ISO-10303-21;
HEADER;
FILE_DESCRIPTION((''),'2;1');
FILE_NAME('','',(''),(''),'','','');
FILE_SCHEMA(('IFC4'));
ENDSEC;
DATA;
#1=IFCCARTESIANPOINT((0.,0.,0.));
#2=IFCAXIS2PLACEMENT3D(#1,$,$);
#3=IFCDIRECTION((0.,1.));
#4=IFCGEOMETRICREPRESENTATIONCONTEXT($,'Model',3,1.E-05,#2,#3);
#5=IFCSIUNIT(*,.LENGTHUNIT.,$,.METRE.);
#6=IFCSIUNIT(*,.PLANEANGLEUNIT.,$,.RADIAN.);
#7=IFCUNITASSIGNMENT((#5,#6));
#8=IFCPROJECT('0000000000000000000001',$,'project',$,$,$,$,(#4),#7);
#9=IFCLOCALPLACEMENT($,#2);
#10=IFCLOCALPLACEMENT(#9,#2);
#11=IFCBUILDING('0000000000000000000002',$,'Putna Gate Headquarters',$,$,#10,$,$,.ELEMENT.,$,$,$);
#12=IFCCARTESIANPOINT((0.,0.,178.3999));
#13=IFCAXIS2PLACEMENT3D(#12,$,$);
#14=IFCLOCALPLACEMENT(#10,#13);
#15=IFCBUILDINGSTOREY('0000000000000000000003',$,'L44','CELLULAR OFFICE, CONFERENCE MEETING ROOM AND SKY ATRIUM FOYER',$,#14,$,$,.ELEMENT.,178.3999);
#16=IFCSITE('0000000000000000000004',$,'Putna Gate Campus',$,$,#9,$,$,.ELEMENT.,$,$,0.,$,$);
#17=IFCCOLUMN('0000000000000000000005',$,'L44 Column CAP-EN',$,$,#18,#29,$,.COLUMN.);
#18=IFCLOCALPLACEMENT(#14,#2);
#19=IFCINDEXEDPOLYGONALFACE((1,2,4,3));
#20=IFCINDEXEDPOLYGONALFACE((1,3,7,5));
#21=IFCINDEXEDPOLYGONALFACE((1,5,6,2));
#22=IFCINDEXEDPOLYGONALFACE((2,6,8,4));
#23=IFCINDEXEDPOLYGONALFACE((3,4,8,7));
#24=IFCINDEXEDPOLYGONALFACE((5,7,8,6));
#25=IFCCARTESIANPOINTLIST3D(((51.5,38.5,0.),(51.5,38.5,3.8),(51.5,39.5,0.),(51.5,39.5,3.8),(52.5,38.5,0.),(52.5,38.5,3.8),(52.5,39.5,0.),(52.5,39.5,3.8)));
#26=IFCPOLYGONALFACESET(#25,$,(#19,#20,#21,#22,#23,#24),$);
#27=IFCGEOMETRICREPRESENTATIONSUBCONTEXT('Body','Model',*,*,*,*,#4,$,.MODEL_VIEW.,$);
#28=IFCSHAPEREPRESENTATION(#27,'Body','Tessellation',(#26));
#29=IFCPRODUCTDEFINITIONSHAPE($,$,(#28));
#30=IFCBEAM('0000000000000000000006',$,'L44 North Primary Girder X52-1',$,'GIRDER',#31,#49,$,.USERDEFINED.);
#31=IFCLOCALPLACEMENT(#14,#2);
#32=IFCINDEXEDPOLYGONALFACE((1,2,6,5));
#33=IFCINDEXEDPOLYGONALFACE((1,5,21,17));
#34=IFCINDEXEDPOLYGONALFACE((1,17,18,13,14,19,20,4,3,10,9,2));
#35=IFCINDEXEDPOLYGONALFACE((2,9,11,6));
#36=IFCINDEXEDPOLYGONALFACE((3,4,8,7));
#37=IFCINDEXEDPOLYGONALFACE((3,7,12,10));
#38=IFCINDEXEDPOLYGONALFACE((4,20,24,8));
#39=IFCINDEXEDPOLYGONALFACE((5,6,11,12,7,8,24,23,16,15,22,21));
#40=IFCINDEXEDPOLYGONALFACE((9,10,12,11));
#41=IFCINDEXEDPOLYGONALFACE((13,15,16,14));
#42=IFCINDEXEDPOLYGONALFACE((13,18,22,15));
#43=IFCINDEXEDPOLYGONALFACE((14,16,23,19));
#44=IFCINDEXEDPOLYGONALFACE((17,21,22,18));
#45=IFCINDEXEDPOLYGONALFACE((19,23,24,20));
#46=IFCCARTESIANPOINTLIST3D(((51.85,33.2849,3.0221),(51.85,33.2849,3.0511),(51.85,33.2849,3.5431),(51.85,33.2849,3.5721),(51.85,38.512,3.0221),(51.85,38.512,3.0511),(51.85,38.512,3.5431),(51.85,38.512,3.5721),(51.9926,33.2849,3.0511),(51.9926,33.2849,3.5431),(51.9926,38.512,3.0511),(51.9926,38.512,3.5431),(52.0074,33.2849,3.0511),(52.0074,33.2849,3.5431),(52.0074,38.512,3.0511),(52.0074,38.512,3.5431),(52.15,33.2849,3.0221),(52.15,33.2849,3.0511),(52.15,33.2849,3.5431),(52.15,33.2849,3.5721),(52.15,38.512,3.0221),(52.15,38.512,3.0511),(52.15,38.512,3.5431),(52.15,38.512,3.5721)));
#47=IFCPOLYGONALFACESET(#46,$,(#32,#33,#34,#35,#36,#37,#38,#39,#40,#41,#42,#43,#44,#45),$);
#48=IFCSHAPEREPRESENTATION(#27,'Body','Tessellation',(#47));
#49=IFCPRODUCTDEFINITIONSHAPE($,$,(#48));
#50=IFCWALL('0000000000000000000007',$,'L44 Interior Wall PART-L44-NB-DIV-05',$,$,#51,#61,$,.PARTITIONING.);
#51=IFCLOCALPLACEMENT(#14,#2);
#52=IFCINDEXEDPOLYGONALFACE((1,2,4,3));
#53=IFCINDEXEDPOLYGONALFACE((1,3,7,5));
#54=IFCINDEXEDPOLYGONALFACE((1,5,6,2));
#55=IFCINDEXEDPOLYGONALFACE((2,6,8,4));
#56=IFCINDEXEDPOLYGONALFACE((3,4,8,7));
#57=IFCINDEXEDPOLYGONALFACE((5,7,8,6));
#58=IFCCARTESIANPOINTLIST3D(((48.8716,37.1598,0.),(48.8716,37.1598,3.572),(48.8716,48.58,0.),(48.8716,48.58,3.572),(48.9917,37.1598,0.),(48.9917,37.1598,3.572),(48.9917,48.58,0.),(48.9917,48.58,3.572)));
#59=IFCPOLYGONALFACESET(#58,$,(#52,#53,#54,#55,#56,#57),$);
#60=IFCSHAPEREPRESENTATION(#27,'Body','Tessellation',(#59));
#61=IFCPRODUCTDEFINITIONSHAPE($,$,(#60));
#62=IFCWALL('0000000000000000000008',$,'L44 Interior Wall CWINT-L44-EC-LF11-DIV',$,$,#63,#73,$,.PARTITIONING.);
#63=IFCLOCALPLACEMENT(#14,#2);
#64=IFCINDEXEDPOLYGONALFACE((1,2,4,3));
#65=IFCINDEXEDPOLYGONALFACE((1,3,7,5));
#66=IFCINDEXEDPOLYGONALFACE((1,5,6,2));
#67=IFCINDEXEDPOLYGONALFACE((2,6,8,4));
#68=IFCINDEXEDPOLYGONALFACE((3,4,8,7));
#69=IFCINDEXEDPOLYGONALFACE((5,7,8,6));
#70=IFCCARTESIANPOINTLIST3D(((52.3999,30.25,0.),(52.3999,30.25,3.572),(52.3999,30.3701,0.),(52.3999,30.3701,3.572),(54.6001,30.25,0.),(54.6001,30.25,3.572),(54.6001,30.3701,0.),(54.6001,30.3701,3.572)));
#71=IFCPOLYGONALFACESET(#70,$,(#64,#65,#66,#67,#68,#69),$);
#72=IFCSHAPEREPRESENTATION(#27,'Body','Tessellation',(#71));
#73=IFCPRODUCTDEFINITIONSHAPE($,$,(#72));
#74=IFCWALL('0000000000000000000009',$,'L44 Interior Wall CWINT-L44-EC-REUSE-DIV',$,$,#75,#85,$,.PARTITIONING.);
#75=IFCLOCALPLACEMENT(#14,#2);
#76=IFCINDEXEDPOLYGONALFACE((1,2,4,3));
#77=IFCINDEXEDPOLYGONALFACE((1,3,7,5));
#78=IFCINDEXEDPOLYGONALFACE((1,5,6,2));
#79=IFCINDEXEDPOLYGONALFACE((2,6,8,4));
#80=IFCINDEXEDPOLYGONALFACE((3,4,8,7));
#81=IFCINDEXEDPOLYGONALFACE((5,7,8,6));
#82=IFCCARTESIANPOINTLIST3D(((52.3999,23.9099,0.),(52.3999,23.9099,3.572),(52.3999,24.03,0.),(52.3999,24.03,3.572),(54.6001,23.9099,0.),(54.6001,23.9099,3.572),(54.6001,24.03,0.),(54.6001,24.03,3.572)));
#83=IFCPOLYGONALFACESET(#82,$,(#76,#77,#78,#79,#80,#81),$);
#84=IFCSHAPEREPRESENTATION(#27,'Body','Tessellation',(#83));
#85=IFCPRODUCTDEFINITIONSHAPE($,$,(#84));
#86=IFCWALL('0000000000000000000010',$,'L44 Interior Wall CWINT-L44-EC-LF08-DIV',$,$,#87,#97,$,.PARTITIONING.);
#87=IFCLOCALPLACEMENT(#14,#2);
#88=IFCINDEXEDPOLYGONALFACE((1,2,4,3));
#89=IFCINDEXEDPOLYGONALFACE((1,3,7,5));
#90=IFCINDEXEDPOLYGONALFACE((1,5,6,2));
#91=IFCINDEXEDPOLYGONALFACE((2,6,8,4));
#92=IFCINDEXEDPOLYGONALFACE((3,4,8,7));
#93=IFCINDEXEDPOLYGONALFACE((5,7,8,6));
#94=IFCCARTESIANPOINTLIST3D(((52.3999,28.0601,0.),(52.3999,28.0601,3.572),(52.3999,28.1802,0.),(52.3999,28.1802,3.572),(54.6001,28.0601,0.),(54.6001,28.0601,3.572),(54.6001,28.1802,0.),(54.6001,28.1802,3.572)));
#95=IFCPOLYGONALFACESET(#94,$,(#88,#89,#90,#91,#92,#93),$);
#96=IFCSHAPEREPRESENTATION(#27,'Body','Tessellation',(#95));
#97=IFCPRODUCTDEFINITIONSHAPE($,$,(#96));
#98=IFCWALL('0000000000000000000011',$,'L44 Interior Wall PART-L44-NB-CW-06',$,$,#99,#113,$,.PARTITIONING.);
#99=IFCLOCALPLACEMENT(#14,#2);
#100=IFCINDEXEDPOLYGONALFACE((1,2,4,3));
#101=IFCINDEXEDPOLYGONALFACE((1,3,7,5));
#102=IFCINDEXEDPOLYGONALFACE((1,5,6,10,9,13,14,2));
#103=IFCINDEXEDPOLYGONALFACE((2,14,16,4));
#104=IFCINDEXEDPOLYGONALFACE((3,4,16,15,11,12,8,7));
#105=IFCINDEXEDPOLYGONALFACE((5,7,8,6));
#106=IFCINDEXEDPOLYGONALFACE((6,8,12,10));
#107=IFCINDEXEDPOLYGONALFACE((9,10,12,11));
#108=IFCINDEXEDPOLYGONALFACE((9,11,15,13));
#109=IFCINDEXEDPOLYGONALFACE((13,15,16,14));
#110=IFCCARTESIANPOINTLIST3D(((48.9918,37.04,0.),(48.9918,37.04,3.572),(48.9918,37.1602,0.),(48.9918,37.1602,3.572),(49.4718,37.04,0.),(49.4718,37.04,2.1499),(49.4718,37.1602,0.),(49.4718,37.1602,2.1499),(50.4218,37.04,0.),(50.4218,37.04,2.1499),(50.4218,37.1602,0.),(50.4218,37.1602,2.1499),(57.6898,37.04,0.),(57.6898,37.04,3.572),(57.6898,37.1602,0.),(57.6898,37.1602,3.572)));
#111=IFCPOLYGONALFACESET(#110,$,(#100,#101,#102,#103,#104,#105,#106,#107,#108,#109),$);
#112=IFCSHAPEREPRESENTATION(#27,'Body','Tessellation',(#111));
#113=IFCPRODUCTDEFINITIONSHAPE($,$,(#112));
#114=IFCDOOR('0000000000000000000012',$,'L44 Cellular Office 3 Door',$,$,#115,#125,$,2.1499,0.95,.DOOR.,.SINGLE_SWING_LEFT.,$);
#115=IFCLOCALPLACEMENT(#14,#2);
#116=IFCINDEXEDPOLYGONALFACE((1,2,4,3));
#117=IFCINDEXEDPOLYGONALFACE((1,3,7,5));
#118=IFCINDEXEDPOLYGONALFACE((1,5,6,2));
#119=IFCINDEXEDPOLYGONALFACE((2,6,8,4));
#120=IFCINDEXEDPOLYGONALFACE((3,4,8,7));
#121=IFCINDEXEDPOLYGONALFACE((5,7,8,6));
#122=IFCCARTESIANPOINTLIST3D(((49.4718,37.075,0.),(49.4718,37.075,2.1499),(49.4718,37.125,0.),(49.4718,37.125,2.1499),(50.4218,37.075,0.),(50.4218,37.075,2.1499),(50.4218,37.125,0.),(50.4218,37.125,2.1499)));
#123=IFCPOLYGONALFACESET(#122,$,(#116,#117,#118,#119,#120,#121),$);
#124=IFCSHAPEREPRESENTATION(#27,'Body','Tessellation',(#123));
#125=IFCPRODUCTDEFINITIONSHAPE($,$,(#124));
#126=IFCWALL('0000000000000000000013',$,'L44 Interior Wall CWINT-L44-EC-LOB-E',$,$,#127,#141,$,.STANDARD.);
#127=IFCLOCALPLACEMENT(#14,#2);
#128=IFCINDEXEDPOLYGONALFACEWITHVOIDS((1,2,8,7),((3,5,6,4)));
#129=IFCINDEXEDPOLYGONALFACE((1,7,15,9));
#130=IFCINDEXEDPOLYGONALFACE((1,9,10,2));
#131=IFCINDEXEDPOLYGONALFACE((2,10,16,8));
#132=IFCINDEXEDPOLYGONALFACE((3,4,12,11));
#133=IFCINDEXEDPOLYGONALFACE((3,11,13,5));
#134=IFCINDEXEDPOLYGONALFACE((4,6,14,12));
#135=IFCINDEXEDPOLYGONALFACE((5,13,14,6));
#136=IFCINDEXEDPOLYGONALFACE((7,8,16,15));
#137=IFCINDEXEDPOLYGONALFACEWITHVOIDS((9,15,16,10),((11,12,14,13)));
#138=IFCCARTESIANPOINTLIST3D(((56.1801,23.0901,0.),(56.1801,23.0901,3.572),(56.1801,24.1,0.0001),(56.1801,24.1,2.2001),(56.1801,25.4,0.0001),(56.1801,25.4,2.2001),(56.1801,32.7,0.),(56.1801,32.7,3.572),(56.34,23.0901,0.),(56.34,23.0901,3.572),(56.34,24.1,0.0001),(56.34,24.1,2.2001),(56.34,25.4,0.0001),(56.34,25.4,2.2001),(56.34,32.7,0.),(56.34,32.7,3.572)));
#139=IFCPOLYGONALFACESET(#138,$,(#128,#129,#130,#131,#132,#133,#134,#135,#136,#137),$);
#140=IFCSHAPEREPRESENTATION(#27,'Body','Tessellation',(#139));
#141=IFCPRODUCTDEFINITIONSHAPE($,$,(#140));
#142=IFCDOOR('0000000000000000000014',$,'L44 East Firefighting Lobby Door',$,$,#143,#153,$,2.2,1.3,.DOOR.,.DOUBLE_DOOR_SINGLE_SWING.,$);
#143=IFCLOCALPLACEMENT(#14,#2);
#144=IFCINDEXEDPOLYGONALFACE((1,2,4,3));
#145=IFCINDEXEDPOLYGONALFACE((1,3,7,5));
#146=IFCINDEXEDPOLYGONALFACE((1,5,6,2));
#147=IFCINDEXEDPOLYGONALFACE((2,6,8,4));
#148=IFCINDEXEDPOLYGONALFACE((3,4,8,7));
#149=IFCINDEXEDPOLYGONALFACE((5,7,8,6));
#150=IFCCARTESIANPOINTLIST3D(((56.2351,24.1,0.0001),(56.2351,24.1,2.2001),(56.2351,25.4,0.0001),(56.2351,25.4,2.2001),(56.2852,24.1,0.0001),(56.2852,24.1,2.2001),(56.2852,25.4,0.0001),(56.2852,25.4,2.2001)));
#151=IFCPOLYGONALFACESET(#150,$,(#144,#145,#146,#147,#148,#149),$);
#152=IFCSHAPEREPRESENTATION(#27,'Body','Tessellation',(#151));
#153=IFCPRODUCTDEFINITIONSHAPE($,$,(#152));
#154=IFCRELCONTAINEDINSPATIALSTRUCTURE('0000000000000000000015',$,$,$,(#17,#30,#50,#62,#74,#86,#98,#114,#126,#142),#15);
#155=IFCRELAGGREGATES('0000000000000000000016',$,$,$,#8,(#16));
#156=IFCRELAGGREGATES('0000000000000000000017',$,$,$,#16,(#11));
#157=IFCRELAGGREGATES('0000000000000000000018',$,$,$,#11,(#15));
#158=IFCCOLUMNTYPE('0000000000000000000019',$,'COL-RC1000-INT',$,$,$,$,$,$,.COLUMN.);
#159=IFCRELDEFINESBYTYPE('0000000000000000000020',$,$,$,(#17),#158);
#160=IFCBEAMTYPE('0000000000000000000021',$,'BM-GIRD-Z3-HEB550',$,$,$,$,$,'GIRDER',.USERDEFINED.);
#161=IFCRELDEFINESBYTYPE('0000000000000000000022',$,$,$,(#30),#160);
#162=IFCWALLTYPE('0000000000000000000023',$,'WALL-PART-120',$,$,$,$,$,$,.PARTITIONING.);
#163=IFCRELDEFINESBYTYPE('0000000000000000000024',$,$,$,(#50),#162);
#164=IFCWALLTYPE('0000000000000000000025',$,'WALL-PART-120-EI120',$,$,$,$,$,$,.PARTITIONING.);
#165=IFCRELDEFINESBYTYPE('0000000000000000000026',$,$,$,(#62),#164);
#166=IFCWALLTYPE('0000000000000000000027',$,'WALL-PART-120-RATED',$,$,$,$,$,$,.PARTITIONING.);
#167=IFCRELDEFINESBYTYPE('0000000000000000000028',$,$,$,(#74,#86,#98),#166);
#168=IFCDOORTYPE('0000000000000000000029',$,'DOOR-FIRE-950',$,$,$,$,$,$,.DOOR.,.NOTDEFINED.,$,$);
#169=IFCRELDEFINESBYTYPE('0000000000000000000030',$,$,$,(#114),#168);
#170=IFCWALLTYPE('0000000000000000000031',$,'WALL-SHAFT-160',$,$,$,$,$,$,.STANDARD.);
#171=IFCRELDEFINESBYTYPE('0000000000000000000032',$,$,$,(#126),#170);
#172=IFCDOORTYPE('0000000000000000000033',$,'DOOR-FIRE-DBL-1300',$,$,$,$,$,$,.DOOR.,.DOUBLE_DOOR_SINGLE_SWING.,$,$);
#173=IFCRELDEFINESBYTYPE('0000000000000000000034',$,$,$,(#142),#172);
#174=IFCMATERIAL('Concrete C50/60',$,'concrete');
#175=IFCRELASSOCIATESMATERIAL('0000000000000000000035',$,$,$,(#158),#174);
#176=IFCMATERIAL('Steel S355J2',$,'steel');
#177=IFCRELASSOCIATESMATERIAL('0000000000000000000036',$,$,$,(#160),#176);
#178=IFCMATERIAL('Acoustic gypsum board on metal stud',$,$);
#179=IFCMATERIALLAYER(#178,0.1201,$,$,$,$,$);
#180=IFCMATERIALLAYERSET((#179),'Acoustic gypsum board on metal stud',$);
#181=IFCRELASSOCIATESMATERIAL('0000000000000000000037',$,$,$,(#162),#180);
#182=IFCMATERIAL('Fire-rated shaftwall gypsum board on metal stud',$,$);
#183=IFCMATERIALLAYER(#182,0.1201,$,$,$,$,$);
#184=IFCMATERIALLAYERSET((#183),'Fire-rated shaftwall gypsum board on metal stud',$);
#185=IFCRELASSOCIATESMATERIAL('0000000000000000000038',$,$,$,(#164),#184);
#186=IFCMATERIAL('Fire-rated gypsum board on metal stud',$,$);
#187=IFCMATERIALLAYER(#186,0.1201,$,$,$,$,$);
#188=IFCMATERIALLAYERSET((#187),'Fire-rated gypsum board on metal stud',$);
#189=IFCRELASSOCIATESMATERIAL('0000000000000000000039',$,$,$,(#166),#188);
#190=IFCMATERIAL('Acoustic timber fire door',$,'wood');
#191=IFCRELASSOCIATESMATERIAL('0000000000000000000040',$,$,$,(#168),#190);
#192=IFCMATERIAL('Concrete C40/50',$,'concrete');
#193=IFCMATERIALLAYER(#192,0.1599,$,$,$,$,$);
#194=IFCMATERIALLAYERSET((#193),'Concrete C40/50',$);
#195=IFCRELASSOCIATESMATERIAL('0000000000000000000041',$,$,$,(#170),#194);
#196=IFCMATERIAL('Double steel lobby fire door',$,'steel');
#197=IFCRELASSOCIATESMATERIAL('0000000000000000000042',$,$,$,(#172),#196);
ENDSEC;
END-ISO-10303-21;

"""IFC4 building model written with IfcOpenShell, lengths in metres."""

from ifc_helpers import new_model, si_unit, direction, frame, frame_2d, origin, origin_2d, place, context, subcontext, project, spatial, rectangle, i_section, extrude, material, layer, layer_set, material_profile, profile_set, type_object, element, fill, save


model = new_model("IFC4")

# Units and contexts
model_context = context("Model", 3, precision=1e-05, world=origin(), true_north=direction((0.0, 1.0)))
body_context = subcontext(model_context, "Body", "Model", "MODEL_VIEW")
ifc_project = project(units=[si_unit("LENGTHUNIT", "METRE"), si_unit("PLANEANGLEUNIT", "RADIAN")], contexts=[model_context])

# Site, building, storey
site_placement = place(None, origin())
site = spatial("IfcSite", under=ifc_project, at=site_placement, Name="Putna Gate Campus", CompositionType="ELEMENT", RefElevation=0.0)
building_placement = place(site_placement, origin())
building = spatial("IfcBuilding", under=site, at=building_placement, Name="Putna Gate Headquarters", CompositionType="ELEMENT")
storey_placement = place(building_placement, frame((0.0, 0.0, 178.3999)))
storey = spatial("IfcBuildingStorey", under=building, at=storey_placement, Name="L44", Description="CELLULAR OFFICE, CONFERENCE MEETING ROOM AND SKY ATRIUM FOYER", CompositionType="ELEMENT", Elevation=178.3999)

# Column
ifc_material_1 = material(Name="Concrete C50/60", Category="concrete")
ifc_material_profile_1 = material_profile(ifc_material_1, rectangle(XDim=1.0, YDim=1.0, at=origin_2d()), Name="Concrete C50/60")
ifc_profile_set_1 = profile_set([ifc_material_profile_1], Name="Concrete C50/60")
column_type = type_object("IfcColumnType", Name="COL-RC1000-INT", PredefinedType="COLUMN", material=ifc_profile_set_1)
column_placement = place(storey_placement, frame((52.0, 39.0, 0.0), z_axis=(0.0, 0.0, 1.0), x_axis=(1.0, 0.0, 0.0)))
element("IfcColumn", 1, at=column_placement, inside=storey, type_object=column_type, Name="L44 Column CAP-EN", PredefinedType="COLUMN", context=body_context, shape_type="SweptSolid", body=[
    extrude(rectangle(XDim=1.0, YDim=1.0, at=origin_2d()), origin(), (0.0, 0.0, 1.0), 3.8),
])

# Beam
ifc_material_2 = material(Name="Steel S355J2", Category="steel")
ifc_material_profile_2 = material_profile(ifc_material_2, i_section(OverallWidth=0.3, OverallDepth=0.55, WebThickness=0.0149, FlangeThickness=0.0291, at=origin_2d()), Name="Steel S355J2")
ifc_profile_set_2 = profile_set([ifc_material_profile_2], Name="Steel S355J2")
beam_type = type_object("IfcBeamType", Name="BM-GIRD-Z3-HEB550", ElementType="GIRDER", PredefinedType="USERDEFINED", material=ifc_profile_set_2)
beam_placement = place(storey_placement, frame((52.0, 33.2849, 3.2971), z_axis=(0.0, 1.0, 0.0), x_axis=(-1.0, 0.0, 0.0)))
element("IfcBeam", 2, at=beam_placement, inside=storey, type_object=beam_type, Name="L44 North Primary Girder X52-1", ObjectType="GIRDER", PredefinedType="USERDEFINED", context=body_context, shape_type="SweptSolid", body=[
    extrude(i_section(OverallWidth=0.3, OverallDepth=0.55, WebThickness=0.0149, FlangeThickness=0.0291, at=origin_2d()), origin(), (0.0, 0.0, 1.0), 5.2271),
])

# Walls
ifc_material_3 = material(Name="Acoustic gypsum board on metal stud")
ifc_layer_1 = layer(ifc_material_3, 0.1201)
ifc_layer_set_1 = layer_set([ifc_layer_1], Name="Acoustic gypsum board on metal stud")
wall_type_1 = type_object("IfcWallType", Name="WALL-PART-120", PredefinedType="PARTITIONING", material=ifc_layer_set_1)
wall_1_placement = place(storey_placement, frame((48.9316, 37.1599, 0.0), z_axis=(0.0, 0.0, 1.0), x_axis=(0.0, 1.0, 0.0)))
element("IfcWall", 3, at=wall_1_placement, inside=storey, type_object=wall_type_1, Name="L44 Interior Wall PART-L44-NB-DIV-05", PredefinedType="PARTITIONING", context=body_context, shape_type="SweptSolid", body=[
    extrude(rectangle(XDim=11.4202, YDim=0.1201, at=frame_2d((5.71, 0.0))), origin(), (0.0, 0.0, 1.0), 3.572),
])
ifc_material_4 = material(Name="Fire-rated shaftwall gypsum board on metal stud")
ifc_layer_2 = layer(ifc_material_4, 0.1201)
ifc_layer_set_2 = layer_set([ifc_layer_2], Name="Fire-rated shaftwall gypsum board on metal stud")
wall_type_2 = type_object("IfcWallType", Name="WALL-PART-120-EI120", PredefinedType="PARTITIONING", material=ifc_layer_set_2)
wall_2_placement = place(storey_placement, frame((52.3999, 30.3101, 0.0), z_axis=(0.0, 0.0, 1.0), x_axis=(1.0, 0.0, 0.0)))
element("IfcWall", 4, at=wall_2_placement, inside=storey, type_object=wall_type_2, Name="L44 Interior Wall CWINT-L44-EC-LF11-DIV", PredefinedType="PARTITIONING", context=body_context, shape_type="SweptSolid", body=[
    extrude(rectangle(XDim=2.2002, YDim=0.1201, at=frame_2d((1.1001, 0.0))), origin(), (0.0, 0.0, 1.0), 3.572),
])
ifc_material_5 = material(Name="Fire-rated gypsum board on metal stud")
ifc_layer_3 = layer(ifc_material_5, 0.1201)
ifc_layer_set_3 = layer_set([ifc_layer_3], Name="Fire-rated gypsum board on metal stud")
wall_type_3 = type_object("IfcWallType", Name="WALL-PART-120-RATED", PredefinedType="PARTITIONING", material=ifc_layer_set_3)
for number, where, z_axis, x_axis, name in (
    (5, (52.3999, 23.97, 0.0), (0.0, 0.0, 1.0), (1.0, 0.0, 0.0), "L44 Interior Wall CWINT-L44-EC-REUSE-DIV"),
    (6, (52.3999, 28.1201, 0.0), (0.0, 0.0, 1.0), (1.0, 0.0, 0.0), "L44 Interior Wall CWINT-L44-EC-LF08-DIV"),
):
    element("IfcWall", number, at=place(storey_placement, frame(where, z_axis=z_axis, x_axis=x_axis)), inside=storey, type_object=wall_type_3, Name=name, PredefinedType="PARTITIONING", context=body_context, shape_type="SweptSolid", body=[
        extrude(rectangle(XDim=2.2002, YDim=0.1201, at=frame_2d((1.1001, 0.0))), origin(), (0.0, 0.0, 1.0), 3.572),
    ])

# Walls, openings, doors
wall_3_placement = place(storey_placement, frame((48.9917, 37.1001, 0.0), z_axis=(0.0, 0.0, 1.0), x_axis=(1.0, 0.0, 0.0)))
wall_3 = element("IfcWall", 7, at=wall_3_placement, inside=storey, type_object=wall_type_3, Name="L44 Interior Wall PART-L44-NB-CW-06", PredefinedType="PARTITIONING", context=body_context, shape_type="SweptSolid", body=[
    extrude(rectangle(XDim=8.698, YDim=0.1201, at=frame_2d((4.3491, 0.0))), origin(), (0.0, 0.0, 1.0), 3.572),
])
opening_1_placement = place(wall_3_placement, frame((0.48, 0.0, 0.0)))
opening_1 = element("IfcOpeningElement", 8, at=opening_1_placement, cuts=wall_3, PredefinedType="OPENING", context=body_context, shape_type="SweptSolid", body=[
    extrude(rectangle(XDim=0.95, YDim=2.1499, at=frame_2d((0.4751, 1.075))), frame((0.0, 0.0701, 0.0), z_axis=(0.0, -1.0, 0.0), x_axis=(1.0, 0.0, 0.0)), (0.0, 0.0, 1.0), 0.1401),
])
ifc_material_6 = material(Name="Acoustic timber fire door", Category="wood")
door_type_1 = type_object("IfcDoorType", Name="DOOR-FIRE-950", OperationType="NOTDEFINED", PredefinedType="DOOR", material=ifc_material_6)
door_1_placement = place(opening_1_placement, origin())
door_1 = element("IfcDoor", 9, at=door_1_placement, inside=storey, type_object=door_type_1, Name="L44 Cellular Office 3 Door", OperationType="SINGLE_SWING_LEFT", OverallHeight=2.1499, OverallWidth=0.95, PredefinedType="DOOR", context=body_context, shape_type="SweptSolid", body=[
    extrude(rectangle(XDim=0.95, YDim=2.1499, at=frame_2d((0.4751, 1.075))), frame((0.0, 0.0249, 0.0), z_axis=(0.0, -1.0, 0.0), x_axis=(1.0, 0.0, 0.0)), (0.0, 0.0, 1.0), 0.05),
])
fill(opening_1, door_1)
ifc_material_7 = material(Name="Concrete C40/50", Category="concrete")
ifc_layer_4 = layer(ifc_material_7, 0.1599)
ifc_layer_set_4 = layer_set([ifc_layer_4], Name="Concrete C40/50")
wall_type_4 = type_object("IfcWallType", Name="WALL-SHAFT-160", PredefinedType="STANDARD", material=ifc_layer_set_4)
wall_4_placement = place(storey_placement, frame((56.26, 23.0901, 0.0), z_axis=(0.0, 0.0, 1.0), x_axis=(0.0, 1.0, 0.0)))
wall_4 = element("IfcWall", 10, at=wall_4_placement, inside=storey, type_object=wall_type_4, Name="L44 Interior Wall CWINT-L44-EC-LOB-E", PredefinedType="STANDARD", context=body_context, shape_type="SweptSolid", body=[
    extrude(rectangle(XDim=9.6099, YDim=0.1599, at=frame_2d((4.8049, 0.0))), origin(), (0.0, 0.0, 1.0), 3.572),
])
opening_2_placement = place(wall_4_placement, frame((1.01, 0.0, 0.0)))
opening_2 = element("IfcOpeningElement", 11, at=opening_2_placement, cuts=wall_4, PredefinedType="OPENING", context=body_context, shape_type="SweptSolid", body=[
    extrude(rectangle(XDim=1.3, YDim=2.2, at=frame_2d((0.6499, 1.1001))), frame((0.0, 0.0898, 0.0), z_axis=(0.0, -1.0, 0.0), x_axis=(1.0, 0.0, 0.0)), (0.0, 0.0, 1.0), 0.1799),
])
ifc_material_8 = material(Name="Double steel lobby fire door", Category="steel")
door_type_2 = type_object("IfcDoorType", Name="DOOR-FIRE-DBL-1300", OperationType="DOUBLE_DOOR_SINGLE_SWING", PredefinedType="DOOR", material=ifc_material_8)
door_2_placement = place(opening_2_placement, origin())
door_2 = element("IfcDoor", 12, at=door_2_placement, inside=storey, type_object=door_type_2, Name="L44 East Firefighting Lobby Door", OperationType="DOUBLE_DOOR_SINGLE_SWING", OverallHeight=2.2, OverallWidth=1.3, PredefinedType="DOOR", context=body_context, shape_type="SweptSolid", body=[
    extrude(rectangle(XDim=1.3, YDim=2.2, at=frame_2d((0.6499, 1.1001))), frame((0.0, 0.0249, 0.0), z_axis=(0.0, -1.0, 0.0), x_axis=(1.0, 0.0, 0.0)), (0.0, 0.0, 1.0), 0.05),
])
fill(opening_2, door_2)

save(model, "model.ifc")
